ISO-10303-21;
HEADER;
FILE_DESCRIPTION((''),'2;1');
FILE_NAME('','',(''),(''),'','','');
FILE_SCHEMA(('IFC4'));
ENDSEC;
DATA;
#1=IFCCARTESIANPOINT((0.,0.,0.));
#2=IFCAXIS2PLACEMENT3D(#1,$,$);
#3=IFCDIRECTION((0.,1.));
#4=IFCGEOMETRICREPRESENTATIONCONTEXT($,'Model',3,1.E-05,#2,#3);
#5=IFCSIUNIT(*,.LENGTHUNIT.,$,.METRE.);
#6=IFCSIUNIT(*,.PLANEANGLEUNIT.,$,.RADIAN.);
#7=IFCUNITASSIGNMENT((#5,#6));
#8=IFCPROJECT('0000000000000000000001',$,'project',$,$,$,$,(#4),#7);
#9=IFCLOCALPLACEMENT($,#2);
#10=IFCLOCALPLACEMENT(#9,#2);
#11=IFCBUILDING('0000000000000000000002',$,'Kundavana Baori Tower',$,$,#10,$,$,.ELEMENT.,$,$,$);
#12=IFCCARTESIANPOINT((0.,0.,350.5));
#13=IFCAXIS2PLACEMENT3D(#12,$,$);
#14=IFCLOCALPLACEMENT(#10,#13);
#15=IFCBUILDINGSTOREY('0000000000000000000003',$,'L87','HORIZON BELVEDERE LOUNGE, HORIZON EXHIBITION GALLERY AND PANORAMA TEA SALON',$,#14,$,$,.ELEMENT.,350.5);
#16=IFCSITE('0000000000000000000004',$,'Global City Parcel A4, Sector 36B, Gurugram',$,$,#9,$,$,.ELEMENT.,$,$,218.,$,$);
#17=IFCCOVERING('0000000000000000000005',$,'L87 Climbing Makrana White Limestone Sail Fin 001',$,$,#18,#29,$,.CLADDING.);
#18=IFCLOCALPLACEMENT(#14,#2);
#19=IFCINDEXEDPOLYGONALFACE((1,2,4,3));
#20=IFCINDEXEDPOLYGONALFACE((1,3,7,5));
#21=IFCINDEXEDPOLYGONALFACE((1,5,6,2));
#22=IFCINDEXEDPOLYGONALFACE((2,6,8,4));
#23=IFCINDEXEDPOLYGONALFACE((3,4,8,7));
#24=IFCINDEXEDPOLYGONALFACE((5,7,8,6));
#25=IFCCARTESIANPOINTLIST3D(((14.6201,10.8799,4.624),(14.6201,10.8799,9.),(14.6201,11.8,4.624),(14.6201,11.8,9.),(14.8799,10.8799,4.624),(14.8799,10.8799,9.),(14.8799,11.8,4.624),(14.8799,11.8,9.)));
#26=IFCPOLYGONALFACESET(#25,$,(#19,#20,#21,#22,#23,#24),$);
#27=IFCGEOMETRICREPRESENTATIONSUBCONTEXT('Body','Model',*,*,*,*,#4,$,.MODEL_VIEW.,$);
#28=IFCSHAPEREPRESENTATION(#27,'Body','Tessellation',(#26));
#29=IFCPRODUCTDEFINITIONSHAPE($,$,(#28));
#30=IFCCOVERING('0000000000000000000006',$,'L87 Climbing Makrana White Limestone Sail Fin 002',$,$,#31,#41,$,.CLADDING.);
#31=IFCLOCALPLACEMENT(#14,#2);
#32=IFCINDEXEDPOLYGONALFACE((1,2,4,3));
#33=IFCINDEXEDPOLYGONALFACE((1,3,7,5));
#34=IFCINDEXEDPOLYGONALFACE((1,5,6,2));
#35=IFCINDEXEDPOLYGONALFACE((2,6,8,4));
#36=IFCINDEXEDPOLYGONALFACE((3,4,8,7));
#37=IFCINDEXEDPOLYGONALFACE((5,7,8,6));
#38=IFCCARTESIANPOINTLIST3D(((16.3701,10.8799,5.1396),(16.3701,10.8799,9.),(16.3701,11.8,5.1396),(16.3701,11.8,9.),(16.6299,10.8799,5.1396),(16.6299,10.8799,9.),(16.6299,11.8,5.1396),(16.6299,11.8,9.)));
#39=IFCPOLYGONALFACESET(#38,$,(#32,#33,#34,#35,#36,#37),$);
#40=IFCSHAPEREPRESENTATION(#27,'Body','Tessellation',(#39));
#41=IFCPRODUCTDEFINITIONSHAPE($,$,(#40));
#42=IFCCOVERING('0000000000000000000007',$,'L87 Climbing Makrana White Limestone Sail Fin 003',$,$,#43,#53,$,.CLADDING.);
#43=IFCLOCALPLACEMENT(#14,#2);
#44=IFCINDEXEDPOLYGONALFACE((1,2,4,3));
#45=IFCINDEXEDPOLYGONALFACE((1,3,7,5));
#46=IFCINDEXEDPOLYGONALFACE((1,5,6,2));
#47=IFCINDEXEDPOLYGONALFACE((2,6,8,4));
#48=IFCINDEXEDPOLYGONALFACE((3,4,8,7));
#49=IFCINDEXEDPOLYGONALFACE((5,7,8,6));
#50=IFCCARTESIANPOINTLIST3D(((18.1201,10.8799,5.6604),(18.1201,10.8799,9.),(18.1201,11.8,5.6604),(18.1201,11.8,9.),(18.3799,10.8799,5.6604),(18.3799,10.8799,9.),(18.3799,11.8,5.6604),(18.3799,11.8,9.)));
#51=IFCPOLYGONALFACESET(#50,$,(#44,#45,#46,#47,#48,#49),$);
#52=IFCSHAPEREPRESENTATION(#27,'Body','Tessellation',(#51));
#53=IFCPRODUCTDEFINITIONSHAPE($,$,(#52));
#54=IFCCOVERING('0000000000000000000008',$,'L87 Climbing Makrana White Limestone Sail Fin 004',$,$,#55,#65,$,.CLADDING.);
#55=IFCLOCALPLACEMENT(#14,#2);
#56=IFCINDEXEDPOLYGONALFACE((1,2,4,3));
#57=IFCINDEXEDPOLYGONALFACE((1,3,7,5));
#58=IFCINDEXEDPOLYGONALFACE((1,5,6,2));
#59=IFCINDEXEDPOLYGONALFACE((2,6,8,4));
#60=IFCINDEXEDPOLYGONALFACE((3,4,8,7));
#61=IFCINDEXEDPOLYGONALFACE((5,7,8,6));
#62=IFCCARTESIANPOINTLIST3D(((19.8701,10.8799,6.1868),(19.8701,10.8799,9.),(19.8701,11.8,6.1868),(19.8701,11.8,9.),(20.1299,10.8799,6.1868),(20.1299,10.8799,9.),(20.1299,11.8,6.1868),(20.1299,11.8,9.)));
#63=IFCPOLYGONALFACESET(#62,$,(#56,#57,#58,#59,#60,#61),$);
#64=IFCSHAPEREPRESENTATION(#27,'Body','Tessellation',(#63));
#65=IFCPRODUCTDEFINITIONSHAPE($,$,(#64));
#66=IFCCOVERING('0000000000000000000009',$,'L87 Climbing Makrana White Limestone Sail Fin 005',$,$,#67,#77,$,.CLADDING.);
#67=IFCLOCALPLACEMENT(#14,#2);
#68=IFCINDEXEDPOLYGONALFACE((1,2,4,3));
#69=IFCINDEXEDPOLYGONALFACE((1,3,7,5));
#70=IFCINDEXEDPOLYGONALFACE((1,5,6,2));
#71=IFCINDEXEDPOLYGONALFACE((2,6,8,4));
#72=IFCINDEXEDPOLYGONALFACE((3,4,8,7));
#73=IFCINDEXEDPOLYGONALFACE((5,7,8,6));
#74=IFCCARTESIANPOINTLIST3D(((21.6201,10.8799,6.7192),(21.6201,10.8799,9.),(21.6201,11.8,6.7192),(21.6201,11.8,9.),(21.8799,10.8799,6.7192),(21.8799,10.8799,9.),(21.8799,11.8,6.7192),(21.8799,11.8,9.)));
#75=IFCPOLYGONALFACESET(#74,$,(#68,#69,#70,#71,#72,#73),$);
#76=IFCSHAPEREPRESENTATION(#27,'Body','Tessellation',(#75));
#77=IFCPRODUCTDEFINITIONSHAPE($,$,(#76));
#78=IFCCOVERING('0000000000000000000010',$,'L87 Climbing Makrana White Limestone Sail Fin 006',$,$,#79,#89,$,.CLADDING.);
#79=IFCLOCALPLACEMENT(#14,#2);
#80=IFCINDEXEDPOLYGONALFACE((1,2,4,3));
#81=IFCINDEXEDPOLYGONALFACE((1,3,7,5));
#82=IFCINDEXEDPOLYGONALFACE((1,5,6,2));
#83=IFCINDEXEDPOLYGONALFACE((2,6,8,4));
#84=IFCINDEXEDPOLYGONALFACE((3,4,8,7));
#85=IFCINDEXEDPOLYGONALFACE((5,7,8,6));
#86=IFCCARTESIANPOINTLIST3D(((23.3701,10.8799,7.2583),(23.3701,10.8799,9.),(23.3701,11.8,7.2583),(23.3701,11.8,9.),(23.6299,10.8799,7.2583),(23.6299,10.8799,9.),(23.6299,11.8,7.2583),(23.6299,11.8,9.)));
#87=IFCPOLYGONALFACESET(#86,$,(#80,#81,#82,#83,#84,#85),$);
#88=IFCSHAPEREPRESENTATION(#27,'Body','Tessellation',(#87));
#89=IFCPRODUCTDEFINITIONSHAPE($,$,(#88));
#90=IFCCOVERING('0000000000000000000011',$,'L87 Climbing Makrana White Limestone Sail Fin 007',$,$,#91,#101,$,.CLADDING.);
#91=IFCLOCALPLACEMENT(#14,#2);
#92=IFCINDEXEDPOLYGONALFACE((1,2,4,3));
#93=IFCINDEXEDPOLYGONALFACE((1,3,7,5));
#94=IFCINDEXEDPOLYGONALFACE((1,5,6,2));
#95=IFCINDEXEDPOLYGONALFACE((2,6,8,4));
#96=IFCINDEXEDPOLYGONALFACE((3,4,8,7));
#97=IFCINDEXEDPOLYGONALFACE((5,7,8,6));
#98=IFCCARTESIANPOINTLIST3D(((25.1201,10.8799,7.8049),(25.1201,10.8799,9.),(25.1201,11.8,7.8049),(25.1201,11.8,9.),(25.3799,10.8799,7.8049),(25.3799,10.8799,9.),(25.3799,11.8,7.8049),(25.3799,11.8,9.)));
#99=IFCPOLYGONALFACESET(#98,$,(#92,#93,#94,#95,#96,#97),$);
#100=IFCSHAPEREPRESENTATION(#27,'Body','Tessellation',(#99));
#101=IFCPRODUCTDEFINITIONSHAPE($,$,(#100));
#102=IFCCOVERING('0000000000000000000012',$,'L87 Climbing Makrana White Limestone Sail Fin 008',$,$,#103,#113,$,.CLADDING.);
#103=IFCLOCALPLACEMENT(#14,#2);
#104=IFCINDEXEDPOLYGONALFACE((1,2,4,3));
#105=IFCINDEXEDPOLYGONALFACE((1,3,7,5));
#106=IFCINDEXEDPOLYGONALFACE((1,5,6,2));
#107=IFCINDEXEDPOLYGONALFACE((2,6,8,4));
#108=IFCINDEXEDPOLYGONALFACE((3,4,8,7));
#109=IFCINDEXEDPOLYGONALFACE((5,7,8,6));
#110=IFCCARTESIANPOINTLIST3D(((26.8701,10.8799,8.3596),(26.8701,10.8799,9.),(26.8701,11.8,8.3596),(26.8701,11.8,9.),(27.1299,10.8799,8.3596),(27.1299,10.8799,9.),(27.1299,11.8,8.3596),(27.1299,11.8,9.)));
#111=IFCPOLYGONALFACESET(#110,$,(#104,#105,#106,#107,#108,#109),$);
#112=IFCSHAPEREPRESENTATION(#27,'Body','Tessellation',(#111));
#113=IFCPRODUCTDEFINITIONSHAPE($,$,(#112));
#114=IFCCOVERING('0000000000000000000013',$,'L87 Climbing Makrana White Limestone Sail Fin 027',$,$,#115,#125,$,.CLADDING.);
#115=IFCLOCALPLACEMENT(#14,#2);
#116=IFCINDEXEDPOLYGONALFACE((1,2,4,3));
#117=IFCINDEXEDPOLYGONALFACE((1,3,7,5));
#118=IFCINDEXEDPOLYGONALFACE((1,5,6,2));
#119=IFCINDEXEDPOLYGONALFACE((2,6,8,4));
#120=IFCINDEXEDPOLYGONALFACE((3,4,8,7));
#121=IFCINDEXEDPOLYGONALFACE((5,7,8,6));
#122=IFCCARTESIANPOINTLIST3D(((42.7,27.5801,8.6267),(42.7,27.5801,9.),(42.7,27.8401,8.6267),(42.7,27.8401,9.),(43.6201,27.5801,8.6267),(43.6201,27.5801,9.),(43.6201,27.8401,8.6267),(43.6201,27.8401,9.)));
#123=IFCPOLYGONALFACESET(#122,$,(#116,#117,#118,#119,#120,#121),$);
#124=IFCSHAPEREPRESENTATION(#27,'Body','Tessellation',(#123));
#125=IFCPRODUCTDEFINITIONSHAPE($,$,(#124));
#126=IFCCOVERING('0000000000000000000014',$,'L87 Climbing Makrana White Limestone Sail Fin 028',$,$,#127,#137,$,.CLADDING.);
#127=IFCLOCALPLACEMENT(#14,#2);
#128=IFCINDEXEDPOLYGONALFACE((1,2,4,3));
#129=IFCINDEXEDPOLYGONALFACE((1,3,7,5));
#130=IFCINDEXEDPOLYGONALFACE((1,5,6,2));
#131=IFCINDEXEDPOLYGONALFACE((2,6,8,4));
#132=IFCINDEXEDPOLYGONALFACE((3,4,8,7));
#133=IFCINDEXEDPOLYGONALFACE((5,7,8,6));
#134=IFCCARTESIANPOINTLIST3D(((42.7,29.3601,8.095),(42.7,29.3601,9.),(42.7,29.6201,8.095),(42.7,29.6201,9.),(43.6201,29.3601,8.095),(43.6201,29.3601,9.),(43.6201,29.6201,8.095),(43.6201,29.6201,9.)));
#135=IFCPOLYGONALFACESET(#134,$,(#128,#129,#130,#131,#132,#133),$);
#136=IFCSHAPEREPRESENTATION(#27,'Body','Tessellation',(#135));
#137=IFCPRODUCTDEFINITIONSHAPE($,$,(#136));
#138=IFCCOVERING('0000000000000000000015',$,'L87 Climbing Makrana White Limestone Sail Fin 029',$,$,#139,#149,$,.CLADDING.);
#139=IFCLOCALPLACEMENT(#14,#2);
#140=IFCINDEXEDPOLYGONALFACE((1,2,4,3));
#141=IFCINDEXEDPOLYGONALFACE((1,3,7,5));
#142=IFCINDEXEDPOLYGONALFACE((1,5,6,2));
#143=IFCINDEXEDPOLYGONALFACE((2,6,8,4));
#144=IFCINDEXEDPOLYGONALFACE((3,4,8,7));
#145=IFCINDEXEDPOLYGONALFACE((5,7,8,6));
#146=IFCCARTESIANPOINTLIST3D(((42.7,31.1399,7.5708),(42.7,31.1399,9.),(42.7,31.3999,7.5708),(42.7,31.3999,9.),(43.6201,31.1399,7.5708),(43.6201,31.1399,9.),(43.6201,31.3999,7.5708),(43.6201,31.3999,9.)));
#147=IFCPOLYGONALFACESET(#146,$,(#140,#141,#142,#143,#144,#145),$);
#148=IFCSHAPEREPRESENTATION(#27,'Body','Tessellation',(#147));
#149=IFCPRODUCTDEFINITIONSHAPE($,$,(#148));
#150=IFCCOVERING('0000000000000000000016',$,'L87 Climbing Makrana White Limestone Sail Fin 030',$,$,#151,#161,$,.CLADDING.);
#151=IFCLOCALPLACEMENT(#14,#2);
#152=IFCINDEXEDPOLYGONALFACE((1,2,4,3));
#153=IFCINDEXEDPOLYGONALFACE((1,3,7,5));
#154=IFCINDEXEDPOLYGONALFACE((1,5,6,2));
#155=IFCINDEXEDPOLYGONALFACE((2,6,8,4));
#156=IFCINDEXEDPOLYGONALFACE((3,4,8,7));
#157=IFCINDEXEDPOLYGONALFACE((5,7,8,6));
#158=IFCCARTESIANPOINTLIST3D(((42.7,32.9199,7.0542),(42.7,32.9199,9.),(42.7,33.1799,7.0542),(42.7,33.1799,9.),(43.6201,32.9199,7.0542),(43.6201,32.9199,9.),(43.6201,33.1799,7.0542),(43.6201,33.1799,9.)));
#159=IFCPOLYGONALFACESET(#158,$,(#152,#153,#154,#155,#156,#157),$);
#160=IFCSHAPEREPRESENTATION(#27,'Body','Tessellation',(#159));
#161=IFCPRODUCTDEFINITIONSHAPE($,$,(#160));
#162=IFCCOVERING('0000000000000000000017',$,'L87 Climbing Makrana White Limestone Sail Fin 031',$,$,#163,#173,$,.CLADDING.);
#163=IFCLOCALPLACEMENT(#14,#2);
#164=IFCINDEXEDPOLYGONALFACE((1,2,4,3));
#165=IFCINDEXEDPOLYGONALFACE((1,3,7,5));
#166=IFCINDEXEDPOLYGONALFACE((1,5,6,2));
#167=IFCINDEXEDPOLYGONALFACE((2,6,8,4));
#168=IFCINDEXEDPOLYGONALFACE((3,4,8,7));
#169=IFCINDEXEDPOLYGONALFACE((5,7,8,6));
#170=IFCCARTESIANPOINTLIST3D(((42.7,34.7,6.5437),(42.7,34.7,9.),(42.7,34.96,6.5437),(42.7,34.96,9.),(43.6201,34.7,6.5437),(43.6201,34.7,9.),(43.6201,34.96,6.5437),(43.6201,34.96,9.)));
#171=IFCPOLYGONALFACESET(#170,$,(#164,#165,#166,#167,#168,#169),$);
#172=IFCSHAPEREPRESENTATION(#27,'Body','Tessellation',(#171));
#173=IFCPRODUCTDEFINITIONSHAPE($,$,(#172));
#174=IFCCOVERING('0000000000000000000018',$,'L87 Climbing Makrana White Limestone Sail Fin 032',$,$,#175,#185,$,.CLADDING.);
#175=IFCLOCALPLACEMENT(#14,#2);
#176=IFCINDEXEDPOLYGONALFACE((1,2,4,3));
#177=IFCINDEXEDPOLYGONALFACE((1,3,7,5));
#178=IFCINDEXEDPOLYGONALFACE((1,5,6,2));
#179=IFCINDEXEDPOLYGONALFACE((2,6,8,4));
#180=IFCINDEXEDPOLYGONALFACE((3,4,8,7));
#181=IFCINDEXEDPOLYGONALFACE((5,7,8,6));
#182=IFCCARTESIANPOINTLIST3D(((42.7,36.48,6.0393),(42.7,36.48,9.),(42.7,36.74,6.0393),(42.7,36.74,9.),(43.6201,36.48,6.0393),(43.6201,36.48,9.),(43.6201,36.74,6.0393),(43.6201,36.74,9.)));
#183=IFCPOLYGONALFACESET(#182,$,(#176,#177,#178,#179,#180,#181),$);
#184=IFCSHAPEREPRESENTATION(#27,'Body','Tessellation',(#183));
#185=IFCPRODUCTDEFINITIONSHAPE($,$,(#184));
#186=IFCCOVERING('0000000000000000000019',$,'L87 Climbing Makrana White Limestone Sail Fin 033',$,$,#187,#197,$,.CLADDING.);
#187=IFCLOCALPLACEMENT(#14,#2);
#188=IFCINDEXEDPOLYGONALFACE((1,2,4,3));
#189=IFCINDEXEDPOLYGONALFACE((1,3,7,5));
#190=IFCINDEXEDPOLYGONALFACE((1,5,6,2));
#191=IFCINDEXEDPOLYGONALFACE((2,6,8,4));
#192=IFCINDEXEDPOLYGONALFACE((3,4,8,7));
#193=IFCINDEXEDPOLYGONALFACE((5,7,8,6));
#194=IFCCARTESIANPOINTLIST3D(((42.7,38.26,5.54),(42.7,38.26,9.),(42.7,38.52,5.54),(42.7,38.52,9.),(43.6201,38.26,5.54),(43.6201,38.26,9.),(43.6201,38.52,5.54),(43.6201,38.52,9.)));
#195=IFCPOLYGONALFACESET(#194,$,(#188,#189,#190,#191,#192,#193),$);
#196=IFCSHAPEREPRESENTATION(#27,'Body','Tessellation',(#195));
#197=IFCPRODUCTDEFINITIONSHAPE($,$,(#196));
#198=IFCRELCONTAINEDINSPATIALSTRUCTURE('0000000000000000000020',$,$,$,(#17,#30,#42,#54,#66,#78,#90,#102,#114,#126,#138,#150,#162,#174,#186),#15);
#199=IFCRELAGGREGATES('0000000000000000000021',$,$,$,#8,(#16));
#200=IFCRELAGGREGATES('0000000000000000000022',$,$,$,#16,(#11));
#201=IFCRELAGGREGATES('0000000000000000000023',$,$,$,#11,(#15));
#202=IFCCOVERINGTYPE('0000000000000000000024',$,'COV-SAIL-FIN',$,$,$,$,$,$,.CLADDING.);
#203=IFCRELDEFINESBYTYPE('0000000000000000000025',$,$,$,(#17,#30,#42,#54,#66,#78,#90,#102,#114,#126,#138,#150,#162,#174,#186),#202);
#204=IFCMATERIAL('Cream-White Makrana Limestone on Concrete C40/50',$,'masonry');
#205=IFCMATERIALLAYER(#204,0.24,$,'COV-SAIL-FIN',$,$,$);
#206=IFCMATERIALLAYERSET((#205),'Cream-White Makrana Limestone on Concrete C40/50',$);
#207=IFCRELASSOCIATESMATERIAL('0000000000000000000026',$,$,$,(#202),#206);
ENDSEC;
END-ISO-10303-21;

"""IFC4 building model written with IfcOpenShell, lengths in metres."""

from ifc_helpers import new_model, si_unit, direction, frame, origin, place, context, subcontext, project, spatial, polyline, outline, extrude, material, layer, layer_set, type_object, element, save


model = new_model("IFC4")

# Units and contexts
model_context = context("Model", 3, precision=1e-05, world=origin(), true_north=direction((0.0, 1.0)))
body_context = subcontext(model_context, "Body", "Model", "MODEL_VIEW")
ifc_project = project(units=[si_unit("LENGTHUNIT", "METRE"), si_unit("PLANEANGLEUNIT", "RADIAN")], contexts=[model_context])

# Site, building, storey
site_placement = place(None, origin())
site = spatial("IfcSite", under=ifc_project, at=site_placement, Name="Global City Parcel A4, Sector 36B, Gurugram", CompositionType="ELEMENT", RefElevation=218.0)
building_placement = place(site_placement, origin())
building = spatial("IfcBuilding", under=site, at=building_placement, Name="Kundavana Baori Tower", CompositionType="ELEMENT")
storey_placement = place(building_placement, frame((0.0, 0.0, 350.5)))
storey = spatial("IfcBuildingStorey", under=building, at=storey_placement, Name="L87", Description="HORIZON BELVEDERE LOUNGE, HORIZON EXHIBITION GALLERY AND PANORAMA TEA SALON", CompositionType="ELEMENT", Elevation=350.5)

# Coverings
ifc_material = material(Name="Cream-White Makrana Limestone on Concrete C40/50", Category="masonry")
ifc_layer = layer(ifc_material, 0.24, Name="COV-SAIL-FIN")
ifc_layer_set = layer_set([ifc_layer], Name="Cream-White Makrana Limestone on Concrete C40/50")
covering_type = type_object("IfcCoveringType", Name="COV-SAIL-FIN", PredefinedType="CLADDING", material=ifc_layer_set)
covering_1_placement = place(storey_placement, frame((0.0, 0.0, 4.624)))
element("IfcCovering", 1, at=covering_1_placement, inside=storey, type_object=covering_type, Name="L87 Climbing Makrana White Limestone Sail Fin 001", PredefinedType="CLADDING", context=body_context, shape_type="SweptSolid", body=[
    extrude(outline(polyline([(14.6201, 10.8799), (14.8799, 10.8799), (14.8799, 11.8), (14.6201, 11.8), (14.6201, 10.8799)])), origin(), (0.0, 0.0, 1.0), 4.376),
])
covering_2_placement = place(storey_placement, frame((0.0, 0.0, 5.1396)))
element("IfcCovering", 2, at=covering_2_placement, inside=storey, type_object=covering_type, Name="L87 Climbing Makrana White Limestone Sail Fin 002", PredefinedType="CLADDING", context=body_context, shape_type="SweptSolid", body=[
    extrude(outline(polyline([(16.3701, 10.8799), (16.6299, 10.8799), (16.6299, 11.8), (16.3701, 11.8), (16.3701, 10.8799)])), origin(), (0.0, 0.0, 1.0), 3.8604),
])
covering_3_placement = place(storey_placement, frame((0.0, 0.0, 5.6604)))
element("IfcCovering", 3, at=covering_3_placement, inside=storey, type_object=covering_type, Name="L87 Climbing Makrana White Limestone Sail Fin 003", PredefinedType="CLADDING", context=body_context, shape_type="SweptSolid", body=[
    extrude(outline(polyline([(18.1201, 10.8799), (18.3799, 10.8799), (18.3799, 11.8), (18.1201, 11.8), (18.1201, 10.8799)])), origin(), (0.0, 0.0, 1.0), 3.3396),
])
covering_4_placement = place(storey_placement, frame((0.0, 0.0, 6.1868)))
element("IfcCovering", 4, at=covering_4_placement, inside=storey, type_object=covering_type, Name="L87 Climbing Makrana White Limestone Sail Fin 004", PredefinedType="CLADDING", context=body_context, shape_type="SweptSolid", body=[
    extrude(outline(polyline([(19.8701, 10.8799), (20.1299, 10.8799), (20.1299, 11.8), (19.8701, 11.8), (19.8701, 10.8799)])), origin(), (0.0, 0.0, 1.0), 2.8132),
])
covering_5_placement = place(storey_placement, frame((0.0, 0.0, 6.7192)))
element("IfcCovering", 5, at=covering_5_placement, inside=storey, type_object=covering_type, Name="L87 Climbing Makrana White Limestone Sail Fin 005", PredefinedType="CLADDING", context=body_context, shape_type="SweptSolid", body=[
    extrude(outline(polyline([(21.6201, 10.8799), (21.8799, 10.8799), (21.8799, 11.8), (21.6201, 11.8), (21.6201, 10.8799)])), origin(), (0.0, 0.0, 1.0), 2.2808),
])
covering_6_placement = place(storey_placement, frame((0.0, 0.0, 7.2583)))
element("IfcCovering", 6, at=covering_6_placement, inside=storey, type_object=covering_type, Name="L87 Climbing Makrana White Limestone Sail Fin 006", PredefinedType="CLADDING", context=body_context, shape_type="SweptSolid", body=[
    extrude(outline(polyline([(23.3701, 10.8799), (23.6299, 10.8799), (23.6299, 11.8), (23.3701, 11.8), (23.3701, 10.8799)])), origin(), (0.0, 0.0, 1.0), 1.7417),
])
covering_7_placement = place(storey_placement, frame((0.0, 0.0, 7.8049)))
element("IfcCovering", 7, at=covering_7_placement, inside=storey, type_object=covering_type, Name="L87 Climbing Makrana White Limestone Sail Fin 007", PredefinedType="CLADDING", context=body_context, shape_type="SweptSolid", body=[
    extrude(outline(polyline([(25.1201, 10.8799), (25.3799, 10.8799), (25.3799, 11.8), (25.1201, 11.8), (25.1201, 10.8799)])), origin(), (0.0, 0.0, 1.0), 1.1951),
])
covering_8_placement = place(storey_placement, frame((0.0, 0.0, 8.3596)))
element("IfcCovering", 8, at=covering_8_placement, inside=storey, type_object=covering_type, Name="L87 Climbing Makrana White Limestone Sail Fin 008", PredefinedType="CLADDING", context=body_context, shape_type="SweptSolid", body=[
    extrude(outline(polyline([(26.8701, 10.8799), (27.1299, 10.8799), (27.1299, 11.8), (26.8701, 11.8), (26.8701, 10.8799)])), origin(), (0.0, 0.0, 1.0), 0.6404),
])
covering_9_placement = place(storey_placement, frame((0.0, 0.0, 8.6267)))
element("IfcCovering", 9, at=covering_9_placement, inside=storey, type_object=covering_type, Name="L87 Climbing Makrana White Limestone Sail Fin 027", PredefinedType="CLADDING", context=body_context, shape_type="SweptSolid", body=[
    extrude(outline(polyline([(42.7, 27.5801), (43.6201, 27.5801), (43.6201, 27.8401), (42.7, 27.8401), (42.7, 27.5801)])), origin(), (0.0, 0.0, 1.0), 0.3733),
])
covering_10_placement = place(storey_placement, frame((0.0, 0.0, 8.095)))
element("IfcCovering", 10, at=covering_10_placement, inside=storey, type_object=covering_type, Name="L87 Climbing Makrana White Limestone Sail Fin 028", PredefinedType="CLADDING", context=body_context, shape_type="SweptSolid", body=[
    extrude(outline(polyline([(42.7, 29.3601), (43.6201, 29.3601), (43.6201, 29.6201), (42.7, 29.6201), (42.7, 29.3601)])), origin(), (0.0, 0.0, 1.0), 0.905),
])
covering_11_placement = place(storey_placement, frame((0.0, 0.0, 7.5708)))
element("IfcCovering", 11, at=covering_11_placement, inside=storey, type_object=covering_type, Name="L87 Climbing Makrana White Limestone Sail Fin 029", PredefinedType="CLADDING", context=body_context, shape_type="SweptSolid", body=[
    extrude(outline(polyline([(42.7, 31.1399), (43.6201, 31.1399), (43.6201, 31.3999), (42.7, 31.3999), (42.7, 31.1399)])), origin(), (0.0, 0.0, 1.0), 1.4292),
])
covering_12_placement = place(storey_placement, frame((0.0, 0.0, 7.0542)))
element("IfcCovering", 12, at=covering_12_placement, inside=storey, type_object=covering_type, Name="L87 Climbing Makrana White Limestone Sail Fin 030", PredefinedType="CLADDING", context=body_context, shape_type="SweptSolid", body=[
    extrude(outline(polyline([(42.7, 32.9199), (43.6201, 32.9199), (43.6201, 33.1799), (42.7, 33.1799), (42.7, 32.9199)])), origin(), (0.0, 0.0, 1.0), 1.9458),
])
covering_13_placement = place(storey_placement, frame((0.0, 0.0, 6.5437)))
element("IfcCovering", 13, at=covering_13_placement, inside=storey, type_object=covering_type, Name="L87 Climbing Makrana White Limestone Sail Fin 031", PredefinedType="CLADDING", context=body_context, shape_type="SweptSolid", body=[
    extrude(outline(polyline([(42.7, 34.7), (43.6201, 34.7), (43.6201, 34.96), (42.7, 34.96), (42.7, 34.7)])), origin(), (0.0, 0.0, 1.0), 2.4563),
])
covering_14_placement = place(storey_placement, frame((0.0, 0.0, 6.0393)))
element("IfcCovering", 14, at=covering_14_placement, inside=storey, type_object=covering_type, Name="L87 Climbing Makrana White Limestone Sail Fin 032", PredefinedType="CLADDING", context=body_context, shape_type="SweptSolid", body=[
    extrude(outline(polyline([(42.7, 36.48), (43.6201, 36.48), (43.6201, 36.74), (42.7, 36.74), (42.7, 36.48)])), origin(), (0.0, 0.0, 1.0), 2.9607),
])
covering_15_placement = place(storey_placement, frame((0.0, 0.0, 5.54)))
element("IfcCovering", 15, at=covering_15_placement, inside=storey, type_object=covering_type, Name="L87 Climbing Makrana White Limestone Sail Fin 033", PredefinedType="CLADDING", context=body_context, shape_type="SweptSolid", body=[
    extrude(outline(polyline([(42.7, 38.26), (43.6201, 38.26), (43.6201, 38.52), (42.7, 38.52), (42.7, 38.26)])), origin(), (0.0, 0.0, 1.0), 3.46),
])

save(model, "model.ifc")
